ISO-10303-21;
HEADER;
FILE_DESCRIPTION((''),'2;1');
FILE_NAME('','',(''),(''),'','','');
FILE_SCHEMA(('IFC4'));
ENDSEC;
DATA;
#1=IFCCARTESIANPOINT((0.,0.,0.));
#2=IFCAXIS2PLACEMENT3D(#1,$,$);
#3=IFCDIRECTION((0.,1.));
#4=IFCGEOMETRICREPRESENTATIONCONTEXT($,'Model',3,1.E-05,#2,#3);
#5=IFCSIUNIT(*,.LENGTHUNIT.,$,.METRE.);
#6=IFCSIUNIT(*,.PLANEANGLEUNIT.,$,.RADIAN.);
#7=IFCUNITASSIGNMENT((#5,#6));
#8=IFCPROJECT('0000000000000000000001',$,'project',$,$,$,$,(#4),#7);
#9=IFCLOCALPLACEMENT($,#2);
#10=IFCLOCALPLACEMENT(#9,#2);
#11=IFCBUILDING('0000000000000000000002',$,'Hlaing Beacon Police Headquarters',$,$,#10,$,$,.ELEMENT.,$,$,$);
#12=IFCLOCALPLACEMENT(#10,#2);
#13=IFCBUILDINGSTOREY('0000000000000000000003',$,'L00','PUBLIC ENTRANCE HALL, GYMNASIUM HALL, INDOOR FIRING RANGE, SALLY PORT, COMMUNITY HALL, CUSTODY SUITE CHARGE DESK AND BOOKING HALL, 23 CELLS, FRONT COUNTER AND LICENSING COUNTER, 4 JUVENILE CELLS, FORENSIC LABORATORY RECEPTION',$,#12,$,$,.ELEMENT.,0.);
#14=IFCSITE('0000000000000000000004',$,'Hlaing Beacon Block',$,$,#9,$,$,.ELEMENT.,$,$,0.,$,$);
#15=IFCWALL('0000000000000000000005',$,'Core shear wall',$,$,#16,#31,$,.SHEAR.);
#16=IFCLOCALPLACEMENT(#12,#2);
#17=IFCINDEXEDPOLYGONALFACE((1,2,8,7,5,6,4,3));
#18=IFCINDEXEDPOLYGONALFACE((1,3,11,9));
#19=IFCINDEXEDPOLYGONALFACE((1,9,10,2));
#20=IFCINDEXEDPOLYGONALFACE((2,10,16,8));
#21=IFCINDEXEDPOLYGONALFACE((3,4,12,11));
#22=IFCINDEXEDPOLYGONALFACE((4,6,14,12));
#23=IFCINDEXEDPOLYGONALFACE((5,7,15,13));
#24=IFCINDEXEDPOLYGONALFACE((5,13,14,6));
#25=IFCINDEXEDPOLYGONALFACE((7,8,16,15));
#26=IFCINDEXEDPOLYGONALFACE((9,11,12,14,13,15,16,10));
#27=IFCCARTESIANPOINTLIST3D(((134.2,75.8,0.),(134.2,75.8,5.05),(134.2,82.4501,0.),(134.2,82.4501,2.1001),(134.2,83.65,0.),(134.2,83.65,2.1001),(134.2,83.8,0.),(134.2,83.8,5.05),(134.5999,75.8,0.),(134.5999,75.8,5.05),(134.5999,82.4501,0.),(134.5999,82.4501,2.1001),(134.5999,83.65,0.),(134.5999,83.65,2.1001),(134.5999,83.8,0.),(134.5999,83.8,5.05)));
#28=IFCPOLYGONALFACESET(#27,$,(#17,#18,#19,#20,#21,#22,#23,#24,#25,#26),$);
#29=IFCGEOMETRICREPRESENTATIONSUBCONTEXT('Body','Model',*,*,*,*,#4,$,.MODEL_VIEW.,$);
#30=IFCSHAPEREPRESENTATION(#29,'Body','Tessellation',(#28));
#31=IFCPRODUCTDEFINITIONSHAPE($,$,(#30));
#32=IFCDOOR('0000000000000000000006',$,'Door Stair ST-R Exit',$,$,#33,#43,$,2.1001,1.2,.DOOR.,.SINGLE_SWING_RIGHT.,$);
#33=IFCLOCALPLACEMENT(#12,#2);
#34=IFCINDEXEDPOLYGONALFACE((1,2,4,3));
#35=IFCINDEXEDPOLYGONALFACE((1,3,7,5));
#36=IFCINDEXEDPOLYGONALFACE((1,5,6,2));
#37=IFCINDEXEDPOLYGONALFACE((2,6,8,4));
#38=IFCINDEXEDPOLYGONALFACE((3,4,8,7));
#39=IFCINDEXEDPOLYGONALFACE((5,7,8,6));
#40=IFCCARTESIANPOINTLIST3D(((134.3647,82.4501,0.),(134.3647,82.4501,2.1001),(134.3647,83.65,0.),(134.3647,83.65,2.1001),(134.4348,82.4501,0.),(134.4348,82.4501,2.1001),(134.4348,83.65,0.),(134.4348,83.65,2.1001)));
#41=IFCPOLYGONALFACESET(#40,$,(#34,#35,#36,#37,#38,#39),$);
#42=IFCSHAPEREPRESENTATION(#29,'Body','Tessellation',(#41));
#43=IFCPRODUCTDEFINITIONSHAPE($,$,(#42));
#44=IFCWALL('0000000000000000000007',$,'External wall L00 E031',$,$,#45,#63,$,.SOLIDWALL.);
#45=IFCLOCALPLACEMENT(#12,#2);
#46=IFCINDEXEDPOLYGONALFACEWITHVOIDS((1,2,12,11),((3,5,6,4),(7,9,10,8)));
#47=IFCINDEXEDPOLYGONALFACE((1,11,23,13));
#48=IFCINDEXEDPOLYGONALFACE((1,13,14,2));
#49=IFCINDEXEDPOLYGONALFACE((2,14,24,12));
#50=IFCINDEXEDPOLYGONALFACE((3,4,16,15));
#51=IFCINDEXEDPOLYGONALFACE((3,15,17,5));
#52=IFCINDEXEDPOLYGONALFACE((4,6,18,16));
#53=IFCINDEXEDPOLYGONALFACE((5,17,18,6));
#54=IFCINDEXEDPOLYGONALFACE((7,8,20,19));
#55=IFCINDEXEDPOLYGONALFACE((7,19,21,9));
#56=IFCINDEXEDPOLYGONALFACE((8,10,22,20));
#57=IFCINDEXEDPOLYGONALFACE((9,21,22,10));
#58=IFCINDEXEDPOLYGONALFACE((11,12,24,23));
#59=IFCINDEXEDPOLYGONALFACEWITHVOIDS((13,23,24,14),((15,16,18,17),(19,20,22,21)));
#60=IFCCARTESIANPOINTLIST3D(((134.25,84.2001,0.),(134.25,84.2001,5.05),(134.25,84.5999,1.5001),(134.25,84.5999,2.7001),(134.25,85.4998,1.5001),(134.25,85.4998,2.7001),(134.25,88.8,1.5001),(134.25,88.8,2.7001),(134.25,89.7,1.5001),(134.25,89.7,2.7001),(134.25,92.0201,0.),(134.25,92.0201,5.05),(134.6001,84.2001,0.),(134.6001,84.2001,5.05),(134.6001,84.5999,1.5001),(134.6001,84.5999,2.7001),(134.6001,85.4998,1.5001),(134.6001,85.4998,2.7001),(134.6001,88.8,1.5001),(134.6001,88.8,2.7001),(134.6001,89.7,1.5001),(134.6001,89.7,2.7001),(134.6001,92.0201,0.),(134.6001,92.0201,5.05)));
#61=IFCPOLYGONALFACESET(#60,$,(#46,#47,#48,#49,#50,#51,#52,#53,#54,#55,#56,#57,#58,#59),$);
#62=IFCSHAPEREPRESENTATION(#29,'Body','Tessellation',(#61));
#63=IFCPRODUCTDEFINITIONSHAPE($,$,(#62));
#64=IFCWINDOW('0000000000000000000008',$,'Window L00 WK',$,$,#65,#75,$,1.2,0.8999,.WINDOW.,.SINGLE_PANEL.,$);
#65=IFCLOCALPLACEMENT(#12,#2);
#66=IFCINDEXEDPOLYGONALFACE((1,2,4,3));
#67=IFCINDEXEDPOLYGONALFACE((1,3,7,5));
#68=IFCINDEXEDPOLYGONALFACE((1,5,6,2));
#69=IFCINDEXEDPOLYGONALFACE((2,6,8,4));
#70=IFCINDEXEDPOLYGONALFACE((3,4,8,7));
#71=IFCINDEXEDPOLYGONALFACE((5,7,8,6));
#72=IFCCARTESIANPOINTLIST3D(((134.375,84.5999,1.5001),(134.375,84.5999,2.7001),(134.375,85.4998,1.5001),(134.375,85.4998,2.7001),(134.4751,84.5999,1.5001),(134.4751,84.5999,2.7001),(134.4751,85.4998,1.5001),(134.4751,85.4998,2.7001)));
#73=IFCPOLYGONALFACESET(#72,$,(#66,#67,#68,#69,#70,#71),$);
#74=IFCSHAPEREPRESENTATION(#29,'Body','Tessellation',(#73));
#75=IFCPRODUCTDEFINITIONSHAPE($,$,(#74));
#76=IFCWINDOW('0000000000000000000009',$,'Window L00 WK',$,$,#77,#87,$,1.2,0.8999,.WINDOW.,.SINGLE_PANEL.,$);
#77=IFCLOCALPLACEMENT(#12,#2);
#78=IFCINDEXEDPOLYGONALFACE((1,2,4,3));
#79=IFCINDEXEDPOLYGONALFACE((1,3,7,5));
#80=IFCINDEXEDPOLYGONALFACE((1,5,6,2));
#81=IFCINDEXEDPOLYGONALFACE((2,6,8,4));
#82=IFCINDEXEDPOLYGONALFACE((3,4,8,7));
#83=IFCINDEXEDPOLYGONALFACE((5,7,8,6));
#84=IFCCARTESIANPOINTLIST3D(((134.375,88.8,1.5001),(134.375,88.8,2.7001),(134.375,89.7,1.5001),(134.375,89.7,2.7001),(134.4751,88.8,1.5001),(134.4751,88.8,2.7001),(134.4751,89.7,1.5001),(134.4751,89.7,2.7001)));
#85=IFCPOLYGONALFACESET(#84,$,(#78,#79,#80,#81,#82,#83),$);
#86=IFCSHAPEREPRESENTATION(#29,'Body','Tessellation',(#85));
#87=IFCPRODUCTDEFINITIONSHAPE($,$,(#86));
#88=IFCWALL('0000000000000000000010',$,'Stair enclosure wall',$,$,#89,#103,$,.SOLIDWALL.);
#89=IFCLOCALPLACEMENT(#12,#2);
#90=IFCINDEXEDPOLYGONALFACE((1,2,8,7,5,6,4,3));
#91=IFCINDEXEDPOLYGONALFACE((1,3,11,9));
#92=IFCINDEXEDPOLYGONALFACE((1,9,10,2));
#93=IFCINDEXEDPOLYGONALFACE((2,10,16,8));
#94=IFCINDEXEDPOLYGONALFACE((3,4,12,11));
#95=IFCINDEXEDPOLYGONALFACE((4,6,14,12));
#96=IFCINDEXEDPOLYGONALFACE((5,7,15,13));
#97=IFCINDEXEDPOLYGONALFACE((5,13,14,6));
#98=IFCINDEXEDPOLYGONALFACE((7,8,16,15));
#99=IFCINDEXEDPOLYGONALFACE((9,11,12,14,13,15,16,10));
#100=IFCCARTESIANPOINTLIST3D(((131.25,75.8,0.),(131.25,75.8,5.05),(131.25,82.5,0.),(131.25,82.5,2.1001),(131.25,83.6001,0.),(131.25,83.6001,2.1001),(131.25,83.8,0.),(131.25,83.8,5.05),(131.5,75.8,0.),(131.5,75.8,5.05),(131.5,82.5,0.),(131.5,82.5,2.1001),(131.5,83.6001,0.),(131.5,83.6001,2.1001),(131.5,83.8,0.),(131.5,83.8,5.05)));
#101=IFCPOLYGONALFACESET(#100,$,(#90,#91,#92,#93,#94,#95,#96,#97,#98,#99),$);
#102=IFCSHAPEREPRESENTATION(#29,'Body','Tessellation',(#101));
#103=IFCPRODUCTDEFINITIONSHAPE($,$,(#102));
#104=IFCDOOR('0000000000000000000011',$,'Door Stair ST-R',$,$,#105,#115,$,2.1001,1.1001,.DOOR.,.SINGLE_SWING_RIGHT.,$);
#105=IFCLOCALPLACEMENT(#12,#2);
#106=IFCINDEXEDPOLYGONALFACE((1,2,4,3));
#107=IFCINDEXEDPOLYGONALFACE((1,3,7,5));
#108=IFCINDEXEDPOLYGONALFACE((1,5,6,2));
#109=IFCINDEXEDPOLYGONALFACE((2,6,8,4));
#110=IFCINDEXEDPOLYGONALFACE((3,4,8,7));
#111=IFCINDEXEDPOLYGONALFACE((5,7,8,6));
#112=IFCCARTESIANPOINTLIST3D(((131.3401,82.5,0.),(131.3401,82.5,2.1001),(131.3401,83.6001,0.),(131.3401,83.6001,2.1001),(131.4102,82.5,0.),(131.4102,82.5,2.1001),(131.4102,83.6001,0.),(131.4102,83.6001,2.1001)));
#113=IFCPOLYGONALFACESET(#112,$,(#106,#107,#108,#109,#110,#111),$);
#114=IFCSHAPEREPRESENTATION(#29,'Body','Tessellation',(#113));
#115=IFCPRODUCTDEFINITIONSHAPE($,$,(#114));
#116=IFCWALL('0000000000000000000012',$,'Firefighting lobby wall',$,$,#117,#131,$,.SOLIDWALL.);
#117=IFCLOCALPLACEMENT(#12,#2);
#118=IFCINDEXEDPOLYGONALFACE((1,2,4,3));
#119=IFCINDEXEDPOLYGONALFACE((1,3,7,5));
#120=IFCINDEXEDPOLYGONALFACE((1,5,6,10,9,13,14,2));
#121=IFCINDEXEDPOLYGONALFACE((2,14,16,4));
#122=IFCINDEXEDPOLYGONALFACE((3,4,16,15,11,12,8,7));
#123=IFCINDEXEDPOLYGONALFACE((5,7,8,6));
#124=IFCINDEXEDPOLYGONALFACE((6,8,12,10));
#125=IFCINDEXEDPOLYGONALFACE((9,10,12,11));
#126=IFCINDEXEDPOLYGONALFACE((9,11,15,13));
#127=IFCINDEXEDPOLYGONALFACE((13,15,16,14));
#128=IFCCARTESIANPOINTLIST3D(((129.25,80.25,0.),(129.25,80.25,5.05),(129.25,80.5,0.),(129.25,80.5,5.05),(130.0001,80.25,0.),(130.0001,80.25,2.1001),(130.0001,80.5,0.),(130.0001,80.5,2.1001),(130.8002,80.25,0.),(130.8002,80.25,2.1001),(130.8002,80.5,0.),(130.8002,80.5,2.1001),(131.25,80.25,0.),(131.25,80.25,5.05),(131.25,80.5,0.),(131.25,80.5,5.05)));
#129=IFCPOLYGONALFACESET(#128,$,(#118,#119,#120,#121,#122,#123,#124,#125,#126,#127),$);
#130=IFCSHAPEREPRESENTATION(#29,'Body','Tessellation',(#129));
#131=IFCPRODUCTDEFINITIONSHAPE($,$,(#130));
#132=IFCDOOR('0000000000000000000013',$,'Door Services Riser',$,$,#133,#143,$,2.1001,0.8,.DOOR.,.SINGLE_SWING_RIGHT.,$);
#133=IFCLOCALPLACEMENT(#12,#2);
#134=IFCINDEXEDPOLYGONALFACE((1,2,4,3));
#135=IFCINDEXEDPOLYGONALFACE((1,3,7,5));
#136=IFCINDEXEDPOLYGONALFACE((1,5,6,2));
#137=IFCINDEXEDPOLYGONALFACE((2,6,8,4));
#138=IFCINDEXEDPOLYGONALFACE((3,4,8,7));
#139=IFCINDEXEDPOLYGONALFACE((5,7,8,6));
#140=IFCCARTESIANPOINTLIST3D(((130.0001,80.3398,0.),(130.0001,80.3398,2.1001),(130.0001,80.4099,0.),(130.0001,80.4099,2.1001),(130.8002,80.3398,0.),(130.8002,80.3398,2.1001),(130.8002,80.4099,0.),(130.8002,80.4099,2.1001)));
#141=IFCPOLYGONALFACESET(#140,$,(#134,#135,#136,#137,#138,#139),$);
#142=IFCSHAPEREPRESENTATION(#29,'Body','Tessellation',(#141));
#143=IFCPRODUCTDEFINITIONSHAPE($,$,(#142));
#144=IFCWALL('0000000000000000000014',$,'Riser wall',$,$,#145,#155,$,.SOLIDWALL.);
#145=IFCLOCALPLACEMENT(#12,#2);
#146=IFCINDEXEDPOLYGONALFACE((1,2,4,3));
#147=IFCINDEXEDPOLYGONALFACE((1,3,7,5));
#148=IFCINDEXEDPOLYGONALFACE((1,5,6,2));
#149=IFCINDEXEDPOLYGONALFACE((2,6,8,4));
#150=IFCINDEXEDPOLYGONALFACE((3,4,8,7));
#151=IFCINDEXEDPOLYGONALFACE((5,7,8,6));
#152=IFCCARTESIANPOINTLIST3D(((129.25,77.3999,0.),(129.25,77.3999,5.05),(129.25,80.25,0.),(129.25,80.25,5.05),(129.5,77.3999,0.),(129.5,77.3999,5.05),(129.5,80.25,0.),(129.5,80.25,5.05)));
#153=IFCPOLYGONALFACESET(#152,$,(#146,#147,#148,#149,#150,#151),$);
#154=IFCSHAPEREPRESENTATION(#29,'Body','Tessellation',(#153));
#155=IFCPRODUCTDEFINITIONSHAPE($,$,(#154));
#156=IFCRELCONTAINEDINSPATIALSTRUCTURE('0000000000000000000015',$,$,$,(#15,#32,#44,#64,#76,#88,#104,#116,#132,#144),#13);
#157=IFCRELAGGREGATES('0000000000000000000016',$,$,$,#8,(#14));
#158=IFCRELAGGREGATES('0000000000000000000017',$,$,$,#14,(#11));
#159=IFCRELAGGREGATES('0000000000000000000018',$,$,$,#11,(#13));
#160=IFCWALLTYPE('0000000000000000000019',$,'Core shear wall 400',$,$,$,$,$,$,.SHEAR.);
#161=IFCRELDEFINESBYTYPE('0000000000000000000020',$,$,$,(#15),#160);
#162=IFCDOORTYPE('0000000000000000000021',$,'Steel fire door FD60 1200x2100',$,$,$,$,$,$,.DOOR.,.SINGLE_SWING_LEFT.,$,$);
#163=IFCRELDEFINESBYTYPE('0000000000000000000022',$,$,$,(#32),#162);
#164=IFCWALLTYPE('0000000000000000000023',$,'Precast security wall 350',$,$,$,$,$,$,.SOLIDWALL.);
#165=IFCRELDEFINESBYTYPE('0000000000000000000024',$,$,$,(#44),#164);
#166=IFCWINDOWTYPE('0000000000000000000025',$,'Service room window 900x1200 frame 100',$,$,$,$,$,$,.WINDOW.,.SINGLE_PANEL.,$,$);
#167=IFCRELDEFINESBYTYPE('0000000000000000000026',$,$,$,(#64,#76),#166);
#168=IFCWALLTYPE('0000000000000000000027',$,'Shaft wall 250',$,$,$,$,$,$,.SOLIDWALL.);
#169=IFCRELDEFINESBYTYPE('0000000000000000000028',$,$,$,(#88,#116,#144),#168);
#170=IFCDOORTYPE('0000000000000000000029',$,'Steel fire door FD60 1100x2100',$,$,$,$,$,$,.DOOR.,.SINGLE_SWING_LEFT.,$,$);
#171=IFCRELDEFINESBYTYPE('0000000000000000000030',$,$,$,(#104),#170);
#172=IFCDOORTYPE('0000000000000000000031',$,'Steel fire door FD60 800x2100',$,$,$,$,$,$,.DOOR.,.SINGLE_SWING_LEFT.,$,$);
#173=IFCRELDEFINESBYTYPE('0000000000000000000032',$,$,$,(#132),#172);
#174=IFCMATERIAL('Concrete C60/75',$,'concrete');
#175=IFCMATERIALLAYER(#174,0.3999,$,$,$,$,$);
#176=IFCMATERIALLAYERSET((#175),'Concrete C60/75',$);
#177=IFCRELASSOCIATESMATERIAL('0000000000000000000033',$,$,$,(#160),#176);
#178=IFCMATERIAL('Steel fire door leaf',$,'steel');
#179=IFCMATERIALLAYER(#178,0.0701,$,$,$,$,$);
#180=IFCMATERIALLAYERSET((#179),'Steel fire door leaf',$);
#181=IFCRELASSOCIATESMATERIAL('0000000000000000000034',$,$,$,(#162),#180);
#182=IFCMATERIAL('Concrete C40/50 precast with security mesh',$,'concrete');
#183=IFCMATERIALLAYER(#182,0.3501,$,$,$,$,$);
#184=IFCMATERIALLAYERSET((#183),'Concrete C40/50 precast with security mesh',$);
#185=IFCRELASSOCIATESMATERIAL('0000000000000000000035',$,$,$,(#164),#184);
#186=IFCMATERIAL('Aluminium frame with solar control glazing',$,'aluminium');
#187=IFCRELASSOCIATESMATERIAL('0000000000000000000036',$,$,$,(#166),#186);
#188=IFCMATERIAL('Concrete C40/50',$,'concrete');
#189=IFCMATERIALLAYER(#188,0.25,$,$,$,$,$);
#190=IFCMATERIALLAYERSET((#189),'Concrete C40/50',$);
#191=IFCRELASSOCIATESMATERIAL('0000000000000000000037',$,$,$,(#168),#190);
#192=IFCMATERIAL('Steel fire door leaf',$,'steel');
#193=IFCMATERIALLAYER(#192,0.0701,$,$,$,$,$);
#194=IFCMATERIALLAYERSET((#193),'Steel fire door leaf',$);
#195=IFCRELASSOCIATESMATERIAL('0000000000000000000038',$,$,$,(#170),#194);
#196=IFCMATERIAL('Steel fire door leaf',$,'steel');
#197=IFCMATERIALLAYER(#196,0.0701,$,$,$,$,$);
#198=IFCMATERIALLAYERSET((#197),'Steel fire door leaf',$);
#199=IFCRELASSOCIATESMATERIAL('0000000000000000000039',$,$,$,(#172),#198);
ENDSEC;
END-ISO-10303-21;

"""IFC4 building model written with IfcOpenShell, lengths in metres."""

from ifc_helpers import new_model, si_unit, direction, frame, frame_2d, origin, place, context, subcontext, project, spatial, rectangle, extrude, material, layer, layer_set, type_object, element, fill, save


model = new_model("IFC4")

# Units and contexts
model_context = context("Model", 3, precision=1e-05, world=origin(), true_north=direction((0.0, 1.0)))
body_context = subcontext(model_context, "Body", "Model", "MODEL_VIEW")
ifc_project = project(units=[si_unit("LENGTHUNIT", "METRE"), si_unit("PLANEANGLEUNIT", "RADIAN")], contexts=[model_context])

# Site, building, storey
site_placement = place(None, origin())
site = spatial("IfcSite", under=ifc_project, at=site_placement, Name="Hlaing Beacon Block", CompositionType="ELEMENT", RefElevation=0.0)
building_placement = place(site_placement, origin())
building = spatial("IfcBuilding", under=site, at=building_placement, Name="Hlaing Beacon Police Headquarters", CompositionType="ELEMENT")
storey_placement = place(building_placement, origin())
storey = spatial("IfcBuildingStorey", under=building, at=storey_placement, Name="L00", Description="PUBLIC ENTRANCE HALL, GYMNASIUM HALL, INDOOR FIRING RANGE, SALLY PORT, COMMUNITY HALL, CUSTODY SUITE CHARGE DESK AND BOOKING HALL, 23 CELLS, FRONT COUNTER AND LICENSING COUNTER, 4 JUVENILE CELLS, FORENSIC LABORATORY RECEPTION", CompositionType="ELEMENT", Elevation=0.0)

# Wall, opening, door
ifc_material_1 = material(Name="Concrete C60/75", Category="concrete")
ifc_layer_1 = layer(ifc_material_1, 0.3999)
ifc_layer_set_1 = layer_set([ifc_layer_1], Name="Concrete C60/75")
wall_type_1 = type_object("IfcWallType", Name="Core shear wall 400", PredefinedType="SHEAR", material=ifc_layer_set_1)
wall_1_placement = place(storey_placement, frame((134.3999, 75.8, 0.0), z_axis=(0.0, 0.0, 1.0), x_axis=(0.0, 1.0, 0.0)))
wall_1 = element("IfcWall", 1, at=wall_1_placement, inside=storey, type_object=wall_type_1, Name="Core shear wall", PredefinedType="SHEAR", context=body_context, shape_type="SweptSolid", body=[
    extrude(rectangle(XDim=8.0, YDim=0.3999, at=frame_2d((4.0, 0.0))), origin(), (0.0, 0.0, 1.0), 5.05),
])
opening_1_placement = place(wall_1_placement, frame((6.6499, 0.0, 0.0)))
opening_1 = element("IfcOpeningElement", 2, at=opening_1_placement, cuts=wall_1, PredefinedType="OPENING", context=body_context, shape_type="SweptSolid", body=[
    extrude(rectangle(XDim=1.2, YDim=2.1001, at=frame_2d((0.6001, 1.05))), frame((0.0, 0.21, 0.0), z_axis=(0.0, -1.0, 0.0), x_axis=(1.0, 0.0, 0.0)), (0.0, 0.0, 1.0), 0.4199),
])
ifc_material_2 = material(Name="Steel fire door leaf", Category="steel")
ifc_layer_2 = layer(ifc_material_2, 0.0701)
ifc_layer_set_2 = layer_set([ifc_layer_2], Name="Steel fire door leaf")
door_type_1 = type_object("IfcDoorType", Name="Steel fire door FD60 1200x2100", OperationType="SINGLE_SWING_LEFT", PredefinedType="DOOR", material=ifc_layer_set_2)
door_1_placement = place(opening_1_placement, frame((1.2, 0.0, 0.0), z_axis=(0.0, 0.0, 1.0), x_axis=(-1.0, 0.0, 0.0)))
door_1 = element("IfcDoor", 3, at=door_1_placement, inside=storey, type_object=door_type_1, Name="Door Stair ST-R Exit", OperationType="SINGLE_SWING_RIGHT", OverallHeight=2.1001, OverallWidth=1.2, PredefinedType="DOOR", context=body_context, shape_type="SweptSolid", body=[
    extrude(rectangle(XDim=1.2, YDim=2.1001, at=frame_2d((0.5999, 1.05))), frame((0.0, 0.0349, 0.0), z_axis=(0.0, -1.0, 0.0), x_axis=(1.0, 0.0, 0.0)), (0.0, 0.0, 1.0), 0.0701),
])
fill(opening_1, door_1)

# Wall, openings, windows
ifc_material_3 = material(Name="Concrete C40/50 precast with security mesh", Category="concrete")
ifc_layer_3 = layer(ifc_material_3, 0.3501)
ifc_layer_set_3 = layer_set([ifc_layer_3], Name="Concrete C40/50 precast with security mesh")
wall_type_2 = type_object("IfcWallType", Name="Precast security wall 350", PredefinedType="SOLIDWALL", material=ifc_layer_set_3)
wall_2_placement = place(storey_placement, frame((134.425, 84.2, 0.0), z_axis=(0.0, 0.0, 1.0), x_axis=(0.0, 1.0, 0.0)))
wall_2 = element("IfcWall", 4, at=wall_2_placement, inside=storey, type_object=wall_type_2, Name="External wall L00 E031", PredefinedType="SOLIDWALL", context=body_context, shape_type="SweptSolid", body=[
    extrude(rectangle(XDim=7.8201, YDim=0.3501, at=frame_2d((3.9102, 0.0))), origin(), (0.0, 0.0, 1.0), 5.05),
])
opening_2_placement = place(wall_2_placement, frame((0.3999, 0.0, 1.5)))
opening_2 = element("IfcOpeningElement", 5, at=opening_2_placement, cuts=wall_2, PredefinedType="OPENING", context=body_context, shape_type="SweptSolid", body=[
    extrude(rectangle(XDim=0.8999, YDim=1.2, at=frame_2d((0.45, 0.6001))), frame((0.0, 0.1851, 0.0), z_axis=(0.0, -1.0, 0.0), x_axis=(1.0, 0.0, 0.0)), (0.0, 0.0, 1.0), 0.3701),
])
opening_3_placement = place(wall_2_placement, frame((4.6001, 0.0, 1.5)))
opening_3 = element("IfcOpeningElement", 6, at=opening_3_placement, cuts=wall_2, PredefinedType="OPENING", context=body_context, shape_type="SweptSolid", body=[
    extrude(rectangle(XDim=0.8999, YDim=1.2, at=frame_2d((0.45, 0.6001))), frame((0.0, 0.1851, 0.0), z_axis=(0.0, -1.0, 0.0), x_axis=(1.0, 0.0, 0.0)), (0.0, 0.0, 1.0), 0.3701),
])
ifc_material_4 = material(Name="Aluminium frame with solar control glazing", Category="aluminium")
window_type = type_object("IfcWindowType", Name="Service room window 900x1200 frame 100", PartitioningType="SINGLE_PANEL", PredefinedType="WINDOW", material=ifc_material_4)
window_1_placement = place(opening_2_placement, origin())
window_1 = element("IfcWindow", 7, at=window_1_placement, inside=storey, type_object=window_type, Name="Window L00 WK", OverallHeight=1.2, OverallWidth=0.8999, PartitioningType="SINGLE_PANEL", PredefinedType="WINDOW", context=body_context, shape_type="SweptSolid", body=[
    extrude(rectangle(XDim=0.8999, YDim=1.2, at=frame_2d((0.45, 0.6001))), frame((0.0, 0.05, 0.0), z_axis=(0.0, -1.0, 0.0), x_axis=(1.0, 0.0, 0.0)), (0.0, 0.0, 1.0), 0.1001),
])
fill(opening_2, window_1)
window_2_placement = place(opening_3_placement, origin())
window_2 = element("IfcWindow", 8, at=window_2_placement, inside=storey, type_object=window_type, Name="Window L00 WK", OverallHeight=1.2, OverallWidth=0.8999, PartitioningType="SINGLE_PANEL", PredefinedType="WINDOW", context=body_context, shape_type="SweptSolid", body=[
    extrude(rectangle(XDim=0.8999, YDim=1.2, at=frame_2d((0.45, 0.6001))), frame((0.0, 0.05, 0.0), z_axis=(0.0, -1.0, 0.0), x_axis=(1.0, 0.0, 0.0)), (0.0, 0.0, 1.0), 0.1001),
])
fill(opening_3, window_2)

# Walls, openings, doors
ifc_material_5 = material(Name="Concrete C40/50", Category="concrete")
ifc_layer_4 = layer(ifc_material_5, 0.25)
ifc_layer_set_4 = layer_set([ifc_layer_4], Name="Concrete C40/50")
wall_type_3 = type_object("IfcWallType", Name="Shaft wall 250", PredefinedType="SOLIDWALL", material=ifc_layer_set_4)
wall_3_placement = place(storey_placement, frame((131.375, 83.8, 0.0), z_axis=(0.0, 0.0, 1.0), x_axis=(0.0, -1.0, 0.0)))
wall_3 = element("IfcWall", 9, at=wall_3_placement, inside=storey, type_object=wall_type_3, Name="Stair enclosure wall", PredefinedType="SOLIDWALL", context=body_context, shape_type="SweptSolid", body=[
    extrude(rectangle(XDim=8.0, YDim=0.25, at=frame_2d((4.0, 0.0))), origin(), (0.0, 0.0, 1.0), 5.05),
])
opening_4_placement = place(wall_3_placement, frame((0.2, 0.0, 0.0)))
opening_4 = element("IfcOpeningElement", 10, at=opening_4_placement, cuts=wall_3, PredefinedType="OPENING", context=body_context, shape_type="SweptSolid", body=[
    extrude(rectangle(XDim=1.1001, YDim=2.1001, at=frame_2d((0.55, 1.05))), frame((0.0, 0.135, 0.0), z_axis=(0.0, -1.0, 0.0), x_axis=(1.0, 0.0, 0.0)), (0.0, 0.0, 1.0), 0.27),
])
ifc_material_6 = material(Name="Steel fire door leaf", Category="steel")
ifc_layer_5 = layer(ifc_material_6, 0.0701)
ifc_layer_set_5 = layer_set([ifc_layer_5], Name="Steel fire door leaf")
door_type_2 = type_object("IfcDoorType", Name="Steel fire door FD60 1100x2100", OperationType="SINGLE_SWING_LEFT", PredefinedType="DOOR", material=ifc_layer_set_5)
door_2_placement = place(opening_4_placement, origin())
door_2 = element("IfcDoor", 11, at=door_2_placement, inside=storey, type_object=door_type_2, Name="Door Stair ST-R", OperationType="SINGLE_SWING_RIGHT", OverallHeight=2.1001, OverallWidth=1.1001, PredefinedType="DOOR", context=body_context, shape_type="SweptSolid", body=[
    extrude(rectangle(XDim=1.1001, YDim=2.1001, at=frame_2d((0.55, 1.05))), frame((0.0, 0.0352, 0.0), z_axis=(0.0, -1.0, 0.0), x_axis=(1.0, 0.0, 0.0)), (0.0, 0.0, 1.0), 0.0701),
])
fill(opening_4, door_2)
wall_4_placement = place(storey_placement, frame((131.25, 80.375, 0.0), z_axis=(0.0, 0.0, 1.0), x_axis=(-1.0, 0.0, 0.0)))
wall_4 = element("IfcWall", 12, at=wall_4_placement, inside=storey, type_object=wall_type_3, Name="Firefighting lobby wall", PredefinedType="SOLIDWALL", context=body_context, shape_type="SweptSolid", body=[
    extrude(rectangle(XDim=2.0, YDim=0.25, at=frame_2d((1.0, 0.0))), origin(), (0.0, 0.0, 1.0), 5.05),
])
opening_5_placement = place(wall_4_placement, frame((0.45, 0.0, 0.0)))
opening_5 = element("IfcOpeningElement", 13, at=opening_5_placement, cuts=wall_4, PredefinedType="OPENING", context=body_context, shape_type="SweptSolid", body=[
    extrude(rectangle(XDim=0.8, YDim=2.1001, at=frame_2d((0.3999, 1.05))), frame((0.0, 0.135, 0.0), z_axis=(0.0, -1.0, 0.0), x_axis=(1.0, 0.0, 0.0)), (0.0, 0.0, 1.0), 0.27),
])
ifc_material_7 = material(Name="Steel fire door leaf", Category="steel")
ifc_layer_6 = layer(ifc_material_7, 0.0701)
ifc_layer_set_6 = layer_set([ifc_layer_6], Name="Steel fire door leaf")
door_type_3 = type_object("IfcDoorType", Name="Steel fire door FD60 800x2100", OperationType="SINGLE_SWING_LEFT", PredefinedType="DOOR", material=ifc_layer_set_6)
door_3_placement = place(opening_5_placement, origin())
door_3 = element("IfcDoor", 14, at=door_3_placement, inside=storey, type_object=door_type_3, Name="Door Services Riser", OperationType="SINGLE_SWING_RIGHT", OverallHeight=2.1001, OverallWidth=0.8, PredefinedType="DOOR", context=body_context, shape_type="SweptSolid", body=[
    extrude(rectangle(XDim=0.8, YDim=2.1001, at=frame_2d((0.3999, 1.05))), frame((0.0, 0.0352, 0.0), z_axis=(0.0, -1.0, 0.0), x_axis=(1.0, 0.0, 0.0)), (0.0, 0.0, 1.0), 0.0701),
])
fill(opening_5, door_3)

# Wall
wall_5_placement = place(storey_placement, frame((129.375, 80.25, 0.0), z_axis=(0.0, 0.0, 1.0), x_axis=(0.0, -1.0, 0.0)))
element("IfcWall", 15, at=wall_5_placement, inside=storey, type_object=wall_type_3, Name="Riser wall", PredefinedType="SOLIDWALL", context=body_context, shape_type="SweptSolid", body=[
    extrude(rectangle(XDim=2.8501, YDim=0.25, at=frame_2d((1.425, 0.0))), origin(), (0.0, 0.0, 1.0), 5.05),
])

save(model, "model.ifc")
